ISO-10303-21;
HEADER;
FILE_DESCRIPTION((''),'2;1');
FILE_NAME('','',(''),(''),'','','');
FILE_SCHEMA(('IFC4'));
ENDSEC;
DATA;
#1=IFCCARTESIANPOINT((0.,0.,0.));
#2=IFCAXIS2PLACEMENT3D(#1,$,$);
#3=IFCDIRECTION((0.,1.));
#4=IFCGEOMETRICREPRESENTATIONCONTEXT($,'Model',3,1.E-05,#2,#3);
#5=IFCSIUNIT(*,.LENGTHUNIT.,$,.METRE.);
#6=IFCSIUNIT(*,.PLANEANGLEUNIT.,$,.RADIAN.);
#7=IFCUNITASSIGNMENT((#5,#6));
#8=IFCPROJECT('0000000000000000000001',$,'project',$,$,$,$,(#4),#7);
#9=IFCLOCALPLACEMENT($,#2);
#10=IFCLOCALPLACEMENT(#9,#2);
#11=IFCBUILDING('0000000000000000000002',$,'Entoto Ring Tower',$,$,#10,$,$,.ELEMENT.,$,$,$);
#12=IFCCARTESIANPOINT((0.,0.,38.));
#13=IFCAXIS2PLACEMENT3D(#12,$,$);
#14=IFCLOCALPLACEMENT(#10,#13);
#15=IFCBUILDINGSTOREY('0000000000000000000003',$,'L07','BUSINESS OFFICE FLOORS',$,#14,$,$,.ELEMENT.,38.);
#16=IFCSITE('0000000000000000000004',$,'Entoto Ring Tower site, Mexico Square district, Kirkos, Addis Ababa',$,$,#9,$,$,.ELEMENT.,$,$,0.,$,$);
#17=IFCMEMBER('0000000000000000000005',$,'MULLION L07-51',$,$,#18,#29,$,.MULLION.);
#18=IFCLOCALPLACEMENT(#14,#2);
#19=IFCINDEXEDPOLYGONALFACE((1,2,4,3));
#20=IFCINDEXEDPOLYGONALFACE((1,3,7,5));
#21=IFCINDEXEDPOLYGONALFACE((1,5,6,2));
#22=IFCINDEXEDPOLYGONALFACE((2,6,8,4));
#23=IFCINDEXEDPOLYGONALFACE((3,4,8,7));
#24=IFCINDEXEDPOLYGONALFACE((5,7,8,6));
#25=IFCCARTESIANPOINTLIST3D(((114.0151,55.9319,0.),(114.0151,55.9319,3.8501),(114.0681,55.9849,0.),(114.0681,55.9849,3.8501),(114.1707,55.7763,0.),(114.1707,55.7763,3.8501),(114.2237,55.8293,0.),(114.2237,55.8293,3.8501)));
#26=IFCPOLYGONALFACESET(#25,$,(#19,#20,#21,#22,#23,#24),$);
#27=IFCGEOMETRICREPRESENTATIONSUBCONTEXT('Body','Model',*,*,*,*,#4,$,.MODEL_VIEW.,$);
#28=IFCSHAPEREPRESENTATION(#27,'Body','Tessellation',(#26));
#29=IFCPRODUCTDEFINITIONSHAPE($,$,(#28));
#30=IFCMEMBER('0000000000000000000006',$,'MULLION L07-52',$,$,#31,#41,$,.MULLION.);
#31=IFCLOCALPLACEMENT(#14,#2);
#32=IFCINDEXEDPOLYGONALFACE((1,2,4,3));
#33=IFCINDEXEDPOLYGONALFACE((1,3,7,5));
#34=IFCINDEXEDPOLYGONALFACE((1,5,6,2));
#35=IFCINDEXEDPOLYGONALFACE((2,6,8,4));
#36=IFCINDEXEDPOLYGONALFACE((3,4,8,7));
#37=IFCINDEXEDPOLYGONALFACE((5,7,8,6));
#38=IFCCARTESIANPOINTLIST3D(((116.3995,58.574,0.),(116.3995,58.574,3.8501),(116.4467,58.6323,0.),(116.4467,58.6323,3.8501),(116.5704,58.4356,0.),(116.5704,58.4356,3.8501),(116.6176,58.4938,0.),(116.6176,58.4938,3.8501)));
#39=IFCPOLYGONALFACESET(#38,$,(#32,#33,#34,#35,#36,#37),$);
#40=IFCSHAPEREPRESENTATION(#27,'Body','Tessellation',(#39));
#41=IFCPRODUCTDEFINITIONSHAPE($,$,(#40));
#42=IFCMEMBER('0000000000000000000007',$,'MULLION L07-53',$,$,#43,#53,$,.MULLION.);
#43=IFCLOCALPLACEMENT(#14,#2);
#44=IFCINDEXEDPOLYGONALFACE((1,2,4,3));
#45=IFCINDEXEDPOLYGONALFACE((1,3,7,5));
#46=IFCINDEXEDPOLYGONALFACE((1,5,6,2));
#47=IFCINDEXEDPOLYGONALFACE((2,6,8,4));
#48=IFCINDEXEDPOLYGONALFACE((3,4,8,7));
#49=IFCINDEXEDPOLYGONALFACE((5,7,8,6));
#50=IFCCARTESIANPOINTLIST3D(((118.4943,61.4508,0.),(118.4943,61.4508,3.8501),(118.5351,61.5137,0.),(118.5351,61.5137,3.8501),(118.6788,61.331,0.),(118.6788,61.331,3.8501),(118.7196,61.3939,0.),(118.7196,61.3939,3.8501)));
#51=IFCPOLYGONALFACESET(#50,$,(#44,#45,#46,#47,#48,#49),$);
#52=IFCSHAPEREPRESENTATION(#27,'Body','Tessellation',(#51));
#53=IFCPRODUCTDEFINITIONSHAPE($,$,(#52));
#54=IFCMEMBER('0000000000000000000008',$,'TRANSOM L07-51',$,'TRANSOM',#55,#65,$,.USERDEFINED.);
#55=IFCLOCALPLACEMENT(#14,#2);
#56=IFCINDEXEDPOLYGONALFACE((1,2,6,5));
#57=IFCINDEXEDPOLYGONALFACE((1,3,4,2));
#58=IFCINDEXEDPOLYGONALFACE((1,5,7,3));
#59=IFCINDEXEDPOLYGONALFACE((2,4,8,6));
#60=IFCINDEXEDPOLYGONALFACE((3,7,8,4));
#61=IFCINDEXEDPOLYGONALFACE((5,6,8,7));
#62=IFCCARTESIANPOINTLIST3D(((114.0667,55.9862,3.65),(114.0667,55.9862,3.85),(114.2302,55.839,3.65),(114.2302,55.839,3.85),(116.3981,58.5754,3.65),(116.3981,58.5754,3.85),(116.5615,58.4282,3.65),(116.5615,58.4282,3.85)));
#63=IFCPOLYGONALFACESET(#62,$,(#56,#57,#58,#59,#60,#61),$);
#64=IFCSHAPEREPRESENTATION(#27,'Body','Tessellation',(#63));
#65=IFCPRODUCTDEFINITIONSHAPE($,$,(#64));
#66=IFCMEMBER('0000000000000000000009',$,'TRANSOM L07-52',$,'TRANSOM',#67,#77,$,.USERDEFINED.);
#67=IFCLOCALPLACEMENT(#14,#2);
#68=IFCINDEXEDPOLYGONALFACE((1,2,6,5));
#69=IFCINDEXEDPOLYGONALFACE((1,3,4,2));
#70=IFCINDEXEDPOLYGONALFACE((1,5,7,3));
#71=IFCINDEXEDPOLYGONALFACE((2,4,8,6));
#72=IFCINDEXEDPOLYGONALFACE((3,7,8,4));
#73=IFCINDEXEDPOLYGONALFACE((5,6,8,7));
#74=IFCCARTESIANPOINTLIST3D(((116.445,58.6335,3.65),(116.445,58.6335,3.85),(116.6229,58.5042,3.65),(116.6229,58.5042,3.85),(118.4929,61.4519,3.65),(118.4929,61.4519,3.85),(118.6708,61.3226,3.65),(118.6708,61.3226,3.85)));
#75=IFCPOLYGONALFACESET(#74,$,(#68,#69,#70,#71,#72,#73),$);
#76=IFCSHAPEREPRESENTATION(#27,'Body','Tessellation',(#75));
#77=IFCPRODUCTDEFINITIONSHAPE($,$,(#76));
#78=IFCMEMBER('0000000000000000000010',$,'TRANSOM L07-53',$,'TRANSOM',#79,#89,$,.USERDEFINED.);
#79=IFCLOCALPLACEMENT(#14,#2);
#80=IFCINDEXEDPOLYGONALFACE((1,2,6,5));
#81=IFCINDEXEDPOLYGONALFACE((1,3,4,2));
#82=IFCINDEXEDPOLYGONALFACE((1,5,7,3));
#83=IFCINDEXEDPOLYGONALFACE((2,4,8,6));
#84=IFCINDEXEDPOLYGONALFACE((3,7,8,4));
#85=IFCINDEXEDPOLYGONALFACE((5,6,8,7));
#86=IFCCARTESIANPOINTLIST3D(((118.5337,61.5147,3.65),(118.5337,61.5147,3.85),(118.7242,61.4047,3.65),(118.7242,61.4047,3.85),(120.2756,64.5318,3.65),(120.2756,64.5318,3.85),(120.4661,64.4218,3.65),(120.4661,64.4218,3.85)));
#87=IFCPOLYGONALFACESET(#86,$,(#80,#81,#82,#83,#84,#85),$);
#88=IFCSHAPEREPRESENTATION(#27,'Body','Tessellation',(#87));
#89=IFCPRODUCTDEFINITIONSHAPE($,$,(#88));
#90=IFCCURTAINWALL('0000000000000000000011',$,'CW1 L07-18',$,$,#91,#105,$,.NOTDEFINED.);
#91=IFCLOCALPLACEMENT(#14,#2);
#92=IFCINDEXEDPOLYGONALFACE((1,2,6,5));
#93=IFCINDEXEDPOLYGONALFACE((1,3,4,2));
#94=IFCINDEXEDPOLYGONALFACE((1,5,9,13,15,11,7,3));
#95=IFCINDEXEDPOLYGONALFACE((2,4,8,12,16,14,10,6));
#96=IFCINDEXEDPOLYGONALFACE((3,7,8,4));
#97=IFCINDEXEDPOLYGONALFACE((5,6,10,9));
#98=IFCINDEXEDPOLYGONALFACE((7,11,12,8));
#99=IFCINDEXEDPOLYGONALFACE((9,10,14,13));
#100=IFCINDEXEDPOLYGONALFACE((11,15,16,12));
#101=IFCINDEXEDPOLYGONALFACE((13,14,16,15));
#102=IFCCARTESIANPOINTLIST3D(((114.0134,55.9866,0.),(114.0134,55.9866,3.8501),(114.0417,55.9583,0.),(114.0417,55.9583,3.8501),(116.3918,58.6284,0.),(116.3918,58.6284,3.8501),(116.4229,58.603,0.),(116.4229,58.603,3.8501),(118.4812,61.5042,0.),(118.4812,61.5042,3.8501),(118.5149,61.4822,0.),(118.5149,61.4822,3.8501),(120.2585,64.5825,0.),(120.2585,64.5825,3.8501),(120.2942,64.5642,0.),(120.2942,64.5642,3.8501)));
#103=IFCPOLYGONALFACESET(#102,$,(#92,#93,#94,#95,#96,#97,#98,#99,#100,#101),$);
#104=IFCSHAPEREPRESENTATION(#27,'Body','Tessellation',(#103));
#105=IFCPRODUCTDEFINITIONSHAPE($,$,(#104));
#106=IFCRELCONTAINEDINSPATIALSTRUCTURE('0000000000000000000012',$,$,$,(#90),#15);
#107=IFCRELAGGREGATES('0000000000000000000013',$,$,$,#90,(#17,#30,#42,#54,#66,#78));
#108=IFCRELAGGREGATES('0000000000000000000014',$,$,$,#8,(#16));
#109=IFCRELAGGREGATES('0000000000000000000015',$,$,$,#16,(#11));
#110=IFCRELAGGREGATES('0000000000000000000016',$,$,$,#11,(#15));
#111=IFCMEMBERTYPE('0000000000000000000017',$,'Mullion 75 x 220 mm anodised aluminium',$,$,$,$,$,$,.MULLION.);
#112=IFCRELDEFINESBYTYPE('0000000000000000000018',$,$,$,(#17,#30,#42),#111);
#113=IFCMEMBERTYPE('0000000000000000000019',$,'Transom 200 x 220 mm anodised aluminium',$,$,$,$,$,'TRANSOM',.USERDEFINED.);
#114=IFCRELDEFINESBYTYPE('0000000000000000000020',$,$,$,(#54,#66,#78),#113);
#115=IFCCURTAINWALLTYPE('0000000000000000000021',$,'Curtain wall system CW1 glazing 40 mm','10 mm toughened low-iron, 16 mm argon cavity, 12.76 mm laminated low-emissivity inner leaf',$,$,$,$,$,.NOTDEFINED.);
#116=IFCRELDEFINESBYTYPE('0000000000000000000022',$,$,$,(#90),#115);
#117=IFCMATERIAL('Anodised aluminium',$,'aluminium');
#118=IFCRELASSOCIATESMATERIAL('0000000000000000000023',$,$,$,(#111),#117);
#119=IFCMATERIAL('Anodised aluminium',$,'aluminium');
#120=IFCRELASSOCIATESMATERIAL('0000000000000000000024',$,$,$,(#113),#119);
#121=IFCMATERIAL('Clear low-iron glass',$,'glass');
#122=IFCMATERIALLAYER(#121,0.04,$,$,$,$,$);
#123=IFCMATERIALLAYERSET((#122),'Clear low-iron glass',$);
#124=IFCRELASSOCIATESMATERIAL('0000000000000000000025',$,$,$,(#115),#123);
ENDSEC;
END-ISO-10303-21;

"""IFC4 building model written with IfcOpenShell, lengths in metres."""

from ifc_helpers import new_model, si_unit, direction, frame, origin, origin_2d, place, context, subcontext, project, spatial, polyline, rectangle, outline, extrude, material, layer, layer_set, material_profile, profile_set, type_object, element, aggregate, save


model = new_model("IFC4")

# Units and contexts
model_context = context("Model", 3, precision=1e-05, world=origin(), true_north=direction((0.0, 1.0)))
body_context = subcontext(model_context, "Body", "Model", "MODEL_VIEW")
ifc_project = project(units=[si_unit("LENGTHUNIT", "METRE"), si_unit("PLANEANGLEUNIT", "RADIAN")], contexts=[model_context])

# Members
ifc_material_1 = material(Name="Anodised aluminium", Category="aluminium")
ifc_material_profile_1 = material_profile(ifc_material_1, rectangle(XDim=0.075, YDim=0.22, at=origin_2d()), Name="Mullion 75 x 220 mm anodised aluminium")
ifc_profile_set_1 = profile_set([ifc_material_profile_1], Name="Anodised aluminium")
member_type_1 = type_object("IfcMemberType", Name="Mullion 75 x 220 mm anodised aluminium", PredefinedType="MULLION", material=ifc_profile_set_1)
site_placement = place(None, origin())
building_placement = place(site_placement, origin())
storey_placement = place(building_placement, frame((0.0, 0.0, 38.0)))
member_1_placement = place(storey_placement, frame((114.1194, 55.8806, 0.0), z_axis=(0.0, 0.0, 1.0), x_axis=(0.707107, 0.707107, 0.0)))
member_1 = element("IfcMember", 1, at=member_1_placement, type_object=member_type_1, Name="MULLION L07-51", PredefinedType="MULLION", context=body_context, shape_type="SweptSolid", body=[
    extrude(rectangle(XDim=0.075, YDim=0.22, at=origin_2d()), origin(), (0.0, 0.0, 1.0), 3.8501),
])
member_2_placement = place(storey_placement, frame((116.5085, 58.5339, 0.0), z_axis=(0.0, 0.0, 1.0), x_axis=(0.62932, 0.777146, 0.0)))
member_2 = element("IfcMember", 2, at=member_2_placement, type_object=member_type_1, Name="MULLION L07-52", PredefinedType="MULLION", context=body_context, shape_type="SweptSolid", body=[
    extrude(rectangle(XDim=0.075, YDim=0.22, at=origin_2d()), origin(), (0.0, 0.0, 1.0), 3.8501),
])
member_3_placement = place(storey_placement, frame((118.6069, 61.4224, 0.0), z_axis=(0.0, 0.0, 1.0), x_axis=(0.544639, 0.838671, 0.0)))
member_3 = element("IfcMember", 3, at=member_3_placement, type_object=member_type_1, Name="MULLION L07-53", PredefinedType="MULLION", context=body_context, shape_type="SweptSolid", body=[
    extrude(rectangle(XDim=0.075, YDim=0.22, at=origin_2d()), origin(), (0.0, 0.0, 1.0), 3.8501),
])
ifc_material_2 = material(Name="Anodised aluminium", Category="aluminium")
ifc_material_profile_2 = material_profile(ifc_material_2, rectangle(XDim=0.22, YDim=0.2, at=origin_2d()), Name="Transom 200 x 220 mm anodised aluminium")
ifc_profile_set_2 = profile_set([ifc_material_profile_2], Name="Anodised aluminium")
member_type_2 = type_object("IfcMemberType", Name="Transom 200 x 220 mm anodised aluminium", ElementType="TRANSOM", PredefinedType="USERDEFINED", material=ifc_profile_set_2)
member_4_placement = place(storey_placement, frame((114.1484, 55.9126, 3.75), z_axis=(0.669139, 0.743137, 0.0), x_axis=(-0.743137, 0.669139, 0.0)))
member_4 = element("IfcMember", 4, at=member_4_placement, type_object=member_type_2, Name="TRANSOM L07-51", ObjectType="TRANSOM", PredefinedType="USERDEFINED", context=body_context, shape_type="SweptSolid", body=[
    extrude(rectangle(XDim=0.22, YDim=0.2, at=origin_2d()), origin(), (0.0, 0.0, 1.0), 3.4841),
])
member_5_placement = place(storey_placement, frame((116.5339, 58.5688, 3.75), z_axis=(0.587822, 0.808991, 0.0), x_axis=(-0.808991, 0.587822, 0.0)))
member_5 = element("IfcMember", 5, at=member_5_placement, type_object=member_type_2, Name="TRANSOM L07-52", ObjectType="TRANSOM", PredefinedType="USERDEFINED", context=body_context, shape_type="SweptSolid", body=[
    extrude(rectangle(XDim=0.22, YDim=0.2, at=origin_2d()), origin(), (0.0, 0.0, 1.0), 3.4839),
])
member_6_placement = place(storey_placement, frame((118.6289, 61.4597, 3.75), z_axis=(0.500006, 0.866022, 0.0), x_axis=(-0.866022, 0.500006, 0.0)))
member_6 = element("IfcMember", 6, at=member_6_placement, type_object=member_type_2, Name="TRANSOM L07-53", ObjectType="TRANSOM", PredefinedType="USERDEFINED", context=body_context, shape_type="SweptSolid", body=[
    extrude(rectangle(XDim=0.22, YDim=0.2, at=origin_2d()), origin(), (0.0, 0.0, 1.0), 3.4839),
])

# Site, building, storey
site = spatial("IfcSite", under=ifc_project, at=site_placement, Name="Entoto Ring Tower site, Mexico Square district, Kirkos, Addis Ababa", CompositionType="ELEMENT", RefElevation=0.0)
building = spatial("IfcBuilding", under=site, at=building_placement, Name="Entoto Ring Tower", CompositionType="ELEMENT")
storey = spatial("IfcBuildingStorey", under=building, at=storey_placement, Name="L07", Description="BUSINESS OFFICE FLOORS", CompositionType="ELEMENT", Elevation=38.0)

# Curtain wall
ifc_material_3 = material(Name="Clear low-iron glass", Category="glass")
ifc_layer_1 = layer(ifc_material_3, 0.04)
ifc_layer_set_1 = layer_set([ifc_layer_1], Name="Clear low-iron glass")
curtain_wall_type = type_object("IfcCurtainWallType", Name="Curtain wall system CW1 glazing 40 mm", Description="10 mm toughened low-iron, 16 mm argon cavity, 12.76 mm laminated low-emissivity inner leaf", PredefinedType="NOTDEFINED", material=ifc_layer_set_1)
curtain_wall_1_placement = place(storey_placement, origin())
curtain_wall_1 = element("IfcCurtainWall", 7, at=curtain_wall_1_placement, inside=storey, type_object=curtain_wall_type, Name="CW1 L07-18", PredefinedType="NOTDEFINED", context=body_context, shape_type="SweptSolid", body=[
    extrude(outline(polyline([(114.0417, 55.9583), (116.4229, 58.603), (118.5149, 61.4822), (120.2942, 64.5642), (120.2585, 64.5825), (118.4812, 61.5042), (116.3918, 58.6284), (114.0134, 55.9866), (114.0417, 55.9583)])), origin(), (0.0, 0.0, 1.0), 3.8501),
])
aggregate(curtain_wall_1, [member_1, member_2, member_3, member_4, member_5, member_6])

save(model, "model.ifc")
